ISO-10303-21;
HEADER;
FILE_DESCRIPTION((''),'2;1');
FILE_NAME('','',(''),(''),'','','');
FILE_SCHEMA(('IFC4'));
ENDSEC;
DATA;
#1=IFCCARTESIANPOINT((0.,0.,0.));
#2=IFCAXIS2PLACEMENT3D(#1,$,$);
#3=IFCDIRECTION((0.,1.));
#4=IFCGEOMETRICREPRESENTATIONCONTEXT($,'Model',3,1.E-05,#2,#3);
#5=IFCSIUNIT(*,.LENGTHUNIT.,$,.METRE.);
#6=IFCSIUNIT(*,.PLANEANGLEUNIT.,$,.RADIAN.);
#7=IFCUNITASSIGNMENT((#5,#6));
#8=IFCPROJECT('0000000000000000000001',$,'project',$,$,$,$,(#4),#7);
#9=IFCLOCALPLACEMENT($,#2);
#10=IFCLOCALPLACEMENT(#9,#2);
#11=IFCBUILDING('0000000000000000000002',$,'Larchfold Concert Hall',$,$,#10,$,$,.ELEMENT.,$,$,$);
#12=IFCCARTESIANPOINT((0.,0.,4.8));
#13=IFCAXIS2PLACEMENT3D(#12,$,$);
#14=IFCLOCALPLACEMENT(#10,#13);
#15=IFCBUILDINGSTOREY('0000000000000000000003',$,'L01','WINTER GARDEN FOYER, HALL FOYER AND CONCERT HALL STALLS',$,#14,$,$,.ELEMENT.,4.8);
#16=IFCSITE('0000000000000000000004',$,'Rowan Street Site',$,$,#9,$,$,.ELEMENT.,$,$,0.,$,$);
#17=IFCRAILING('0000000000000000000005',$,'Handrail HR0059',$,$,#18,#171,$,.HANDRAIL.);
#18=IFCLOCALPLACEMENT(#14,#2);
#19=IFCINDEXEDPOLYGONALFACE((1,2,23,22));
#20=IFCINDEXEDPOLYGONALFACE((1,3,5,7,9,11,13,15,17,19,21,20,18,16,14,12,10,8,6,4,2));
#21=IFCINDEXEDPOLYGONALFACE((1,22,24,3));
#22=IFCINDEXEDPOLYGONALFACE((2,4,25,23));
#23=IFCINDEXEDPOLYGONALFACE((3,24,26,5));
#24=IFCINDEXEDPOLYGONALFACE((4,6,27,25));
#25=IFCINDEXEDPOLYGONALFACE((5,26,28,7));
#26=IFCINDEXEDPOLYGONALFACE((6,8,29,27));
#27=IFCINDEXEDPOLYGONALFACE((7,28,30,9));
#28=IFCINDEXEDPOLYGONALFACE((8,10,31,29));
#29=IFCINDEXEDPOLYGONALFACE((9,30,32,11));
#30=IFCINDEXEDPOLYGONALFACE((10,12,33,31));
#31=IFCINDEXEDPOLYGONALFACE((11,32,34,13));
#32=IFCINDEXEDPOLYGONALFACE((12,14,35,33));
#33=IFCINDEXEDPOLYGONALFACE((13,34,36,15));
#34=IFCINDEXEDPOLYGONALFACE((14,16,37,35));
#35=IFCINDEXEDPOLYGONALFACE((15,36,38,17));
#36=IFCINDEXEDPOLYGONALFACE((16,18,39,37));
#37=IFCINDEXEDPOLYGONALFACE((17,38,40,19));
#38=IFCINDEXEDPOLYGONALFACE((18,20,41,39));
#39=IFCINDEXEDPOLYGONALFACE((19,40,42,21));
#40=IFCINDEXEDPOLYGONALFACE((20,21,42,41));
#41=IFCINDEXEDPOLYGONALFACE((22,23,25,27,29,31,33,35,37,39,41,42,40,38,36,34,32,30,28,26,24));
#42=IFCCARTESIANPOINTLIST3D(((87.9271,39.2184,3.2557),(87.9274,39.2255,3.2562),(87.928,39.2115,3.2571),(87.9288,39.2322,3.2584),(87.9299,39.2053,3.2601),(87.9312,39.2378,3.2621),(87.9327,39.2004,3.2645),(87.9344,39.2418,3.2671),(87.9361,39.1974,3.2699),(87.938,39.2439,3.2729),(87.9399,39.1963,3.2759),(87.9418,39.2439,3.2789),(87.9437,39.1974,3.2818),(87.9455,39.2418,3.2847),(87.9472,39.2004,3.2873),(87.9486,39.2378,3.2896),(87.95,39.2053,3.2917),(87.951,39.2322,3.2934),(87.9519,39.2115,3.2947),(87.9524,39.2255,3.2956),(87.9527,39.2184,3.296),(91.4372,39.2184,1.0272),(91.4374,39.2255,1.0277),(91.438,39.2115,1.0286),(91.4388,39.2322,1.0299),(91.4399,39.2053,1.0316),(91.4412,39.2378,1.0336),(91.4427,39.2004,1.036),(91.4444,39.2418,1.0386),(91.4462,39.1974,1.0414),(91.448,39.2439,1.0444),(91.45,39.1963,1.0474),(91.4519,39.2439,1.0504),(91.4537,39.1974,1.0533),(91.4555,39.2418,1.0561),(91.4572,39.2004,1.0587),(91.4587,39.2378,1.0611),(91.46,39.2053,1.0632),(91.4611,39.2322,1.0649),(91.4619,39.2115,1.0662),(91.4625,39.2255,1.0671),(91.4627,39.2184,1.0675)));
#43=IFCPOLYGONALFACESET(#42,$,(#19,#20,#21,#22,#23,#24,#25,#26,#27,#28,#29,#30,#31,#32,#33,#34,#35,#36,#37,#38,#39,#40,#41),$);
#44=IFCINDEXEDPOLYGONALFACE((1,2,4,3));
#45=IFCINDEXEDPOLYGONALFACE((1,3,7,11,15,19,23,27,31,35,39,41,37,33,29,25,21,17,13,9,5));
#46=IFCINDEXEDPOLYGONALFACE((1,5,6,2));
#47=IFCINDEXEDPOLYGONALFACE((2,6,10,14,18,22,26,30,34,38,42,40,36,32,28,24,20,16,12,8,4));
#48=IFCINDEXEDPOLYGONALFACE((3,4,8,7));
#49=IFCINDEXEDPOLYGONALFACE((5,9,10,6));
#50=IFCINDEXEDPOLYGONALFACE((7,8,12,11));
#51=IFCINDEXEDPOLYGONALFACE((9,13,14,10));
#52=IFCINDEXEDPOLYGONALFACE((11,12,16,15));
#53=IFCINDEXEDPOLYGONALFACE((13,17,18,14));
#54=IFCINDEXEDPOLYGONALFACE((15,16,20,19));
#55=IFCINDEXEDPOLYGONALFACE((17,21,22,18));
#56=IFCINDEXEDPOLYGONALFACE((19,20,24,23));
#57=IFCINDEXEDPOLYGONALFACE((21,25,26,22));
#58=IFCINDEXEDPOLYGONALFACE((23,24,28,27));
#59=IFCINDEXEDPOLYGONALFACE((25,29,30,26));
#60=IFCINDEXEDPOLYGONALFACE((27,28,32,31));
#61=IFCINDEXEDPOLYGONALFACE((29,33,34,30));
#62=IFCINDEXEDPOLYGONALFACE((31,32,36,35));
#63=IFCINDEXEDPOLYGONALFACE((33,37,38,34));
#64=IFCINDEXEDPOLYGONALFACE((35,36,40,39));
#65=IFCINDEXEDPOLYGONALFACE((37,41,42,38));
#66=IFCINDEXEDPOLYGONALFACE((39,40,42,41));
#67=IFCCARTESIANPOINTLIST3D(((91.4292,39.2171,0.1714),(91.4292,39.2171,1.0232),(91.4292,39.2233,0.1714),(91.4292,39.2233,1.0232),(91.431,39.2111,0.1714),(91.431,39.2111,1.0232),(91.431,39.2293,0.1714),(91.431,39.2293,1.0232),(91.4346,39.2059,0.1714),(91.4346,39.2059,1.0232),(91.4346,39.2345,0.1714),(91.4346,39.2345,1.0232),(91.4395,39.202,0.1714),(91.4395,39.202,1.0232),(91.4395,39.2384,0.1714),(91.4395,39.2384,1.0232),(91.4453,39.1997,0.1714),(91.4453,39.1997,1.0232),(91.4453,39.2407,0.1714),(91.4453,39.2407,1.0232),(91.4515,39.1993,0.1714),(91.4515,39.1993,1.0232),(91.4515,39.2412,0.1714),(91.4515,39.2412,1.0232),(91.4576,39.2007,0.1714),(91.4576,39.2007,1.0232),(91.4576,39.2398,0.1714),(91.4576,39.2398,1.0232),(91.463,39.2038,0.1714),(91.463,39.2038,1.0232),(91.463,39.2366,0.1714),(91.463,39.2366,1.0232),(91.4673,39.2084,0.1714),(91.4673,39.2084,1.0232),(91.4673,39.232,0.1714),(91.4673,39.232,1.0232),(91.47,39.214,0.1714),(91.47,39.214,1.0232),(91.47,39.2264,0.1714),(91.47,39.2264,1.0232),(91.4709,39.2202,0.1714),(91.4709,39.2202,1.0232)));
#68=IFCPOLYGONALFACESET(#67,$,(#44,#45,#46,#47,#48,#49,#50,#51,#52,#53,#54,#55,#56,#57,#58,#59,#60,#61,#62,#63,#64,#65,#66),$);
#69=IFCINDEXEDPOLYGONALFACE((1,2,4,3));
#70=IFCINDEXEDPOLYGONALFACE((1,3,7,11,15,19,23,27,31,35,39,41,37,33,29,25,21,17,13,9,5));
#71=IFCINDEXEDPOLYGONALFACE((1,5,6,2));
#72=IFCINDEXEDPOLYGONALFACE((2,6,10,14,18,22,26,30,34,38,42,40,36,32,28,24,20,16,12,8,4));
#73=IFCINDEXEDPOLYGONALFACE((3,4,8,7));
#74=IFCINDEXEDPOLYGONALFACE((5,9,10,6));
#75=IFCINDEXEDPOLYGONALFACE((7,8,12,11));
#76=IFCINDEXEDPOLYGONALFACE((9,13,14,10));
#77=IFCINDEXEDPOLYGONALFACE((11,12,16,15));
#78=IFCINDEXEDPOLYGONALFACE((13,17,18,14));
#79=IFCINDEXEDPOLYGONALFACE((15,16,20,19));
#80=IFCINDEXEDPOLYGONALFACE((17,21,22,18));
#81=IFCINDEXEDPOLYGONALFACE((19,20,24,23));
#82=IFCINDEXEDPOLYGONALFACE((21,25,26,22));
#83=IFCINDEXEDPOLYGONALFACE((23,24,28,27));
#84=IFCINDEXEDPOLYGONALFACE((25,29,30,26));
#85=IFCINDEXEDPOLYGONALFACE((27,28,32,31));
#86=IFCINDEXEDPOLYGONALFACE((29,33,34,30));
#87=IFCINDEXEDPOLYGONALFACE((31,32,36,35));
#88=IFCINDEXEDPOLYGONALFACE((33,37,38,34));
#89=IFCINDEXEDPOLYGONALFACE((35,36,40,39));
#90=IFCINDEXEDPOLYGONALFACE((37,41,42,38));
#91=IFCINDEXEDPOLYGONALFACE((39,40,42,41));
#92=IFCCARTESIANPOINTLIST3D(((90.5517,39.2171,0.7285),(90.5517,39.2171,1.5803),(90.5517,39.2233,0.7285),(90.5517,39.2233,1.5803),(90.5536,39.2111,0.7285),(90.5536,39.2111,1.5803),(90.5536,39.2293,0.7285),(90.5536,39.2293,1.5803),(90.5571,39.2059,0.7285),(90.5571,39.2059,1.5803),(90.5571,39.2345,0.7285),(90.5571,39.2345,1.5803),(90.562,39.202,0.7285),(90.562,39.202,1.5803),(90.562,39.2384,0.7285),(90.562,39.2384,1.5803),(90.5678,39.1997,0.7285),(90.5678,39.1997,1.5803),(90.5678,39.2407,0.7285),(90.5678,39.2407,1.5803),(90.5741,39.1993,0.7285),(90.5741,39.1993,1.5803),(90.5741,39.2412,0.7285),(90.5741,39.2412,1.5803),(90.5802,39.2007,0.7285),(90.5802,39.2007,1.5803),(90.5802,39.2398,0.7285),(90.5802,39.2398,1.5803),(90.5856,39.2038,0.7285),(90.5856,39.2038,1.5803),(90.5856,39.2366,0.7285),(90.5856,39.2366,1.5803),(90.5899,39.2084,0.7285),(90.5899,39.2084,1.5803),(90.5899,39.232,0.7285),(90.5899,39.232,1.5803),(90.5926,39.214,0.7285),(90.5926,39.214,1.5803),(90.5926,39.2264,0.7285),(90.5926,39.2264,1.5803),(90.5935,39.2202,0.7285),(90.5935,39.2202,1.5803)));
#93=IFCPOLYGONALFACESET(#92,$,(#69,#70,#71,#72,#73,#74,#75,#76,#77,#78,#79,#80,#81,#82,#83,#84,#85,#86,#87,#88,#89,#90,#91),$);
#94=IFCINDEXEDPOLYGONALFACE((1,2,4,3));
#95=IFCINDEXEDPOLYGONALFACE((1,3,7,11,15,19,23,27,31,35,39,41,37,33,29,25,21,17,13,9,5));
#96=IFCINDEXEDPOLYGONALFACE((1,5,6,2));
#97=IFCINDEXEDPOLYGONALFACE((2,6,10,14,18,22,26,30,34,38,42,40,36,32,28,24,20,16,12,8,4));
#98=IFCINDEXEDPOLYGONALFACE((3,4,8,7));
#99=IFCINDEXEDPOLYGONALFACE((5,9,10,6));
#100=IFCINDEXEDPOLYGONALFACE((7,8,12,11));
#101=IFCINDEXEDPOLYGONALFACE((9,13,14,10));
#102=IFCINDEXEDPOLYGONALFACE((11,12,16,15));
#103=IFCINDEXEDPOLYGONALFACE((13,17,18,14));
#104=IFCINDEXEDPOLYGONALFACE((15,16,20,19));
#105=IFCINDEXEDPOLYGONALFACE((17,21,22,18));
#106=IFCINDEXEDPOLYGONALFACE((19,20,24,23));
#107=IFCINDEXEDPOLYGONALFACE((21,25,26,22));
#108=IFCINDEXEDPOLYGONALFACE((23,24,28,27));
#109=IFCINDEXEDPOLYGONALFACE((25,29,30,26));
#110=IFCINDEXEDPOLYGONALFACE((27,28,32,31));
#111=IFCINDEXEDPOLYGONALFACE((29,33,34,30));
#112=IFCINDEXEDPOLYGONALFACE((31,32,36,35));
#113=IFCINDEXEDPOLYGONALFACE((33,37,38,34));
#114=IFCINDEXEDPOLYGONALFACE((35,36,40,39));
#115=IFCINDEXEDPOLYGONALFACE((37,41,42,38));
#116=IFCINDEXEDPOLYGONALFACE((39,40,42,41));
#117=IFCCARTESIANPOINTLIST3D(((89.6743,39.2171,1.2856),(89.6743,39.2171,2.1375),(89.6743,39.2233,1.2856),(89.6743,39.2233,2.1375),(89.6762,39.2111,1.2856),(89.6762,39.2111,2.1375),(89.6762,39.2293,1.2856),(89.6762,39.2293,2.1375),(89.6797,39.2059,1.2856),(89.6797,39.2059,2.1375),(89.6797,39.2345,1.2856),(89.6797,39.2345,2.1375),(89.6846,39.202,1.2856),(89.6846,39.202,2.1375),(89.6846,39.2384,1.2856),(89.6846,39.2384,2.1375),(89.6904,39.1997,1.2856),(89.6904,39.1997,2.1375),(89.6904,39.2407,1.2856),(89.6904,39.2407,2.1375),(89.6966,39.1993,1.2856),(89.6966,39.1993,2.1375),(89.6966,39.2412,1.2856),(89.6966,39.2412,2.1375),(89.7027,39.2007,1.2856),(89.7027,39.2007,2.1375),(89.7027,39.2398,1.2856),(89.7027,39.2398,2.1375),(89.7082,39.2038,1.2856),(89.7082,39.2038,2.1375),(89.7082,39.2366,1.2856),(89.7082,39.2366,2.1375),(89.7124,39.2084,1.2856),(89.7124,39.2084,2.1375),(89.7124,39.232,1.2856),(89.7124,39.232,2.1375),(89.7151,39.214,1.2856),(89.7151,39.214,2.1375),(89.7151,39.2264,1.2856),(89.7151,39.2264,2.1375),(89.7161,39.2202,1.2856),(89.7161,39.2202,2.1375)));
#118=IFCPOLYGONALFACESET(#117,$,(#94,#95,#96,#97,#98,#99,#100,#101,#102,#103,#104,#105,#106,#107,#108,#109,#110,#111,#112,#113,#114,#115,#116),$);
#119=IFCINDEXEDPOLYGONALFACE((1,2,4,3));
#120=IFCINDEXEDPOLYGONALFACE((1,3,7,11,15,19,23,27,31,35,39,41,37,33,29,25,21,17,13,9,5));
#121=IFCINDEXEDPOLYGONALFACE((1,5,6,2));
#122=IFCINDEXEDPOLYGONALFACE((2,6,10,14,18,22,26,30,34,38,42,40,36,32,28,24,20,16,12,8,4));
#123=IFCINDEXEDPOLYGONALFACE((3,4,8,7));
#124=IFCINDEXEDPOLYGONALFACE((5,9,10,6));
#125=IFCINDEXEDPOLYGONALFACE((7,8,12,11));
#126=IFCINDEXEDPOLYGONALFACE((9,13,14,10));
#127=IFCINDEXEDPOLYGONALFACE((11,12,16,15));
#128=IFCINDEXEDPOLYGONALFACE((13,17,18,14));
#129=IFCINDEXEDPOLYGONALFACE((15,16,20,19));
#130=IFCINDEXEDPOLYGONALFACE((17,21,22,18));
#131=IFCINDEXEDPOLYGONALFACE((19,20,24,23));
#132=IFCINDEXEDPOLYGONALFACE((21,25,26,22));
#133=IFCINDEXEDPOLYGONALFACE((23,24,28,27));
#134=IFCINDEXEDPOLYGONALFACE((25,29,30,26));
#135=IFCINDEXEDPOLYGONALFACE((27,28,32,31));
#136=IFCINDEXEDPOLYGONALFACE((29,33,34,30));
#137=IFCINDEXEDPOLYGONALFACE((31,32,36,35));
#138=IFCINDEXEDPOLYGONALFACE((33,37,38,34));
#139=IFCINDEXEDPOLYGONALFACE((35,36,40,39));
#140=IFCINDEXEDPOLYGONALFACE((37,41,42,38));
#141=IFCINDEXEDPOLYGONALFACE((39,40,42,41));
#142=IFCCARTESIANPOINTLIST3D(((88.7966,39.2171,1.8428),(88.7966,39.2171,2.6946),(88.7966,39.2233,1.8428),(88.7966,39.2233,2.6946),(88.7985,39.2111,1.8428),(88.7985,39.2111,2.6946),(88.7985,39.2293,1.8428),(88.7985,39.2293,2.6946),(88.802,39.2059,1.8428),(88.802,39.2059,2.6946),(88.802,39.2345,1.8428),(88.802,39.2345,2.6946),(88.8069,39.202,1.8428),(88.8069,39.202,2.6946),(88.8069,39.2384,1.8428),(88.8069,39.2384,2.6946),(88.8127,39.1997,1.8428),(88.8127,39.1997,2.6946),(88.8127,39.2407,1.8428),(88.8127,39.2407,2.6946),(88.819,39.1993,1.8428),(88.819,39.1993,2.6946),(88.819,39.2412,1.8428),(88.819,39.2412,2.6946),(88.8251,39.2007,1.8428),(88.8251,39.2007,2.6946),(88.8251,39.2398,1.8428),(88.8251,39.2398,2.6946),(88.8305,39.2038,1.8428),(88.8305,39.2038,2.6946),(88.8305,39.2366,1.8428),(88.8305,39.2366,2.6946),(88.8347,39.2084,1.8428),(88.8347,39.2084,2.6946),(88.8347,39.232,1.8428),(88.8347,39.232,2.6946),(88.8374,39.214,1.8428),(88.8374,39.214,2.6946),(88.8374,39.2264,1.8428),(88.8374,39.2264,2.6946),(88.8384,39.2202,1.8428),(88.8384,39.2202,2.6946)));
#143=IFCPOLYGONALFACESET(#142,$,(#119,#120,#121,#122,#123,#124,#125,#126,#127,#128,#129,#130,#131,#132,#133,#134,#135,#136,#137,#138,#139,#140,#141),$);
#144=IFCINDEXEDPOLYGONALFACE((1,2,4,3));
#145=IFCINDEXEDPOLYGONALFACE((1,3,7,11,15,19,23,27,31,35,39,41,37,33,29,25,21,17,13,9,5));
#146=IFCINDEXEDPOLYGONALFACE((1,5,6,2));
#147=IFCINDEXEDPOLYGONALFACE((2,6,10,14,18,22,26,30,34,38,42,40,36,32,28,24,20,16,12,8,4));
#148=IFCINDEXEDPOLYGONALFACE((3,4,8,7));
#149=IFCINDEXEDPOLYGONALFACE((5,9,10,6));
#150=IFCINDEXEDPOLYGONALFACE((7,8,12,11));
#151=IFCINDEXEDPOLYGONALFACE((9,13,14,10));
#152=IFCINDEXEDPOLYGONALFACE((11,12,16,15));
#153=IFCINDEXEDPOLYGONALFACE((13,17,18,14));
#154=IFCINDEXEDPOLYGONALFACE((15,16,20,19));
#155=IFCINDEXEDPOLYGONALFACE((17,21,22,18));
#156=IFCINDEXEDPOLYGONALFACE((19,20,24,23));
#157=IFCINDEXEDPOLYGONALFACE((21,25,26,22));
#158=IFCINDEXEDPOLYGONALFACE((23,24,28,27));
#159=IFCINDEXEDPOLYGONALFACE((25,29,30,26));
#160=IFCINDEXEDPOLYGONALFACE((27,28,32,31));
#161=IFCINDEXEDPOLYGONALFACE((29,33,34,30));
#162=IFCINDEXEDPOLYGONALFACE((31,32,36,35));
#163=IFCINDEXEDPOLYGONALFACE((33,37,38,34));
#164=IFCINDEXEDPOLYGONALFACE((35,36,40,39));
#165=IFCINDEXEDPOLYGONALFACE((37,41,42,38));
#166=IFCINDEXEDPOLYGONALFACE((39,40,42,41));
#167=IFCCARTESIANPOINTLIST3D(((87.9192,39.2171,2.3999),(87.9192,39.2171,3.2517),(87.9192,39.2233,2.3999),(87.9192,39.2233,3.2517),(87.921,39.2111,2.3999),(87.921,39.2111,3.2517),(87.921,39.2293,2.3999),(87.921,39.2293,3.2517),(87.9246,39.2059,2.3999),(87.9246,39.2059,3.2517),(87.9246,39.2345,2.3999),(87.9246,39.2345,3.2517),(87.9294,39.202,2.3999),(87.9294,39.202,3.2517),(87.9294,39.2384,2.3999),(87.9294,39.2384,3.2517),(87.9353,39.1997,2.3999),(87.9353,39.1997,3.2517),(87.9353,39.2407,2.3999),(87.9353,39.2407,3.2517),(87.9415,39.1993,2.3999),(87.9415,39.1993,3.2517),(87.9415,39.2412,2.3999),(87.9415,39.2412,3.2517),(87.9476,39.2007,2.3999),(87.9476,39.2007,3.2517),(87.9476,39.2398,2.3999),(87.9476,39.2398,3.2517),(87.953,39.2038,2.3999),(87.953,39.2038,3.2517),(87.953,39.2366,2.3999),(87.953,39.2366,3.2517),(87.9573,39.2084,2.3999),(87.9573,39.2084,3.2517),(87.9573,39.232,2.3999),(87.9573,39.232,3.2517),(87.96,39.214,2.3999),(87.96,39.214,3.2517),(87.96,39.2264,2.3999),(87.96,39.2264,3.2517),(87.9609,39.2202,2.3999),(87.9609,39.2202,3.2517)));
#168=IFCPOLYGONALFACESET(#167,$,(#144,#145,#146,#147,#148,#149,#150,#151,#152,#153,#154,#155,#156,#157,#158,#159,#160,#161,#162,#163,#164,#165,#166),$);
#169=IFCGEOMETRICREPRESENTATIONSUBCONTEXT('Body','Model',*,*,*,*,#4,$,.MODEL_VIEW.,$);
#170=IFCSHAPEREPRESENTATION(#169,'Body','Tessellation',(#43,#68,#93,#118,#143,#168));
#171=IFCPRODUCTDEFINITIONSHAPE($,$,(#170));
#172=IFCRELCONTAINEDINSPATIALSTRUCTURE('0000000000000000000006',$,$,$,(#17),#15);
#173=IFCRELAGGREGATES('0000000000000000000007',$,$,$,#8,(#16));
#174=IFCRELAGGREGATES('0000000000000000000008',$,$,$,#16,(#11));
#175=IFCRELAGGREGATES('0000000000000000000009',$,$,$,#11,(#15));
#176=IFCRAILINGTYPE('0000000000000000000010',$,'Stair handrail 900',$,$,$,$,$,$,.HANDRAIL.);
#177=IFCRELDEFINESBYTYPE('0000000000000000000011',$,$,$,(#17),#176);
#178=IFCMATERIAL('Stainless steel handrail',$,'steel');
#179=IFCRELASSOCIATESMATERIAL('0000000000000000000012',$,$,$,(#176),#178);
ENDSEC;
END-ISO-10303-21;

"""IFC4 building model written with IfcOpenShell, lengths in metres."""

from ifc_helpers import new_model, si_unit, direction, frame, origin, origin_2d, place, context, subcontext, project, spatial, circle, extrude, material, type_object, element, save


model = new_model("IFC4")

# Units and contexts
model_context = context("Model", 3, precision=1e-05, world=origin(), true_north=direction((0.0, 1.0)))
body_context = subcontext(model_context, "Body", "Model", "MODEL_VIEW")
ifc_project = project(units=[si_unit("LENGTHUNIT", "METRE"), si_unit("PLANEANGLEUNIT", "RADIAN")], contexts=[model_context])

# Site, building, storey
site_placement = place(None, origin())
site = spatial("IfcSite", under=ifc_project, at=site_placement, Name="Rowan Street Site", CompositionType="ELEMENT", RefElevation=0.0)
building_placement = place(site_placement, origin())
building = spatial("IfcBuilding", under=site, at=building_placement, Name="Larchfold Concert Hall", CompositionType="ELEMENT")
storey_placement = place(building_placement, frame((0.0, 0.0, 4.8)))
storey = spatial("IfcBuildingStorey", under=building, at=storey_placement, Name="L01", Description="WINTER GARDEN FOYER, HALL FOYER AND CONCERT HALL STALLS", CompositionType="ELEMENT", Elevation=4.8)

# Railing
ifc_material_1 = material(Name="Stainless steel handrail", Category="steel")
railing_type_1 = type_object("IfcRailingType", Name="Stair handrail 900", PredefinedType="HANDRAIL", material=ifc_material_1)
railing_1_placement = place(storey_placement, frame((91.45, 39.2202, 0.1714)))
element("IfcRailing", 1, at=railing_1_placement, inside=storey, type_object=railing_type_1, Name="Handrail HR0059", PredefinedType="HANDRAIL", context=body_context, shape_type="SweptSolid", body=[
    extrude(circle(Radius=0.0239, at=origin_2d()), frame((0.0, 0.0, 0.876), z_axis=(-0.84422, 0.0, 0.535998), x_axis=(0.0, -1.0, 0.0)), (0.0, 0.0, 1.0), 4.1577),
    extrude(circle(Radius=0.021, at=origin_2d()), origin(), (0.0, 0.0, 1.0), 0.8518),
    extrude(circle(Radius=0.021, at=origin_2d()), frame((-0.8774, 0.0, 0.5571)), (0.0, 0.0, 1.0), 0.8518),
    extrude(circle(Radius=0.021, at=origin_2d()), frame((-1.7549, 0.0, 1.1143)), (0.0, 0.0, 1.0), 0.8518),
    extrude(circle(Radius=0.021, at=origin_2d()), frame((-2.6326, 0.0, 1.6714)), (0.0, 0.0, 1.0), 0.8518),
    extrude(circle(Radius=0.021, at=origin_2d()), frame((-3.51, 0.0, 2.2285)), (0.0, 0.0, 1.0), 0.8518),
])

save(model, "model.ifc")
